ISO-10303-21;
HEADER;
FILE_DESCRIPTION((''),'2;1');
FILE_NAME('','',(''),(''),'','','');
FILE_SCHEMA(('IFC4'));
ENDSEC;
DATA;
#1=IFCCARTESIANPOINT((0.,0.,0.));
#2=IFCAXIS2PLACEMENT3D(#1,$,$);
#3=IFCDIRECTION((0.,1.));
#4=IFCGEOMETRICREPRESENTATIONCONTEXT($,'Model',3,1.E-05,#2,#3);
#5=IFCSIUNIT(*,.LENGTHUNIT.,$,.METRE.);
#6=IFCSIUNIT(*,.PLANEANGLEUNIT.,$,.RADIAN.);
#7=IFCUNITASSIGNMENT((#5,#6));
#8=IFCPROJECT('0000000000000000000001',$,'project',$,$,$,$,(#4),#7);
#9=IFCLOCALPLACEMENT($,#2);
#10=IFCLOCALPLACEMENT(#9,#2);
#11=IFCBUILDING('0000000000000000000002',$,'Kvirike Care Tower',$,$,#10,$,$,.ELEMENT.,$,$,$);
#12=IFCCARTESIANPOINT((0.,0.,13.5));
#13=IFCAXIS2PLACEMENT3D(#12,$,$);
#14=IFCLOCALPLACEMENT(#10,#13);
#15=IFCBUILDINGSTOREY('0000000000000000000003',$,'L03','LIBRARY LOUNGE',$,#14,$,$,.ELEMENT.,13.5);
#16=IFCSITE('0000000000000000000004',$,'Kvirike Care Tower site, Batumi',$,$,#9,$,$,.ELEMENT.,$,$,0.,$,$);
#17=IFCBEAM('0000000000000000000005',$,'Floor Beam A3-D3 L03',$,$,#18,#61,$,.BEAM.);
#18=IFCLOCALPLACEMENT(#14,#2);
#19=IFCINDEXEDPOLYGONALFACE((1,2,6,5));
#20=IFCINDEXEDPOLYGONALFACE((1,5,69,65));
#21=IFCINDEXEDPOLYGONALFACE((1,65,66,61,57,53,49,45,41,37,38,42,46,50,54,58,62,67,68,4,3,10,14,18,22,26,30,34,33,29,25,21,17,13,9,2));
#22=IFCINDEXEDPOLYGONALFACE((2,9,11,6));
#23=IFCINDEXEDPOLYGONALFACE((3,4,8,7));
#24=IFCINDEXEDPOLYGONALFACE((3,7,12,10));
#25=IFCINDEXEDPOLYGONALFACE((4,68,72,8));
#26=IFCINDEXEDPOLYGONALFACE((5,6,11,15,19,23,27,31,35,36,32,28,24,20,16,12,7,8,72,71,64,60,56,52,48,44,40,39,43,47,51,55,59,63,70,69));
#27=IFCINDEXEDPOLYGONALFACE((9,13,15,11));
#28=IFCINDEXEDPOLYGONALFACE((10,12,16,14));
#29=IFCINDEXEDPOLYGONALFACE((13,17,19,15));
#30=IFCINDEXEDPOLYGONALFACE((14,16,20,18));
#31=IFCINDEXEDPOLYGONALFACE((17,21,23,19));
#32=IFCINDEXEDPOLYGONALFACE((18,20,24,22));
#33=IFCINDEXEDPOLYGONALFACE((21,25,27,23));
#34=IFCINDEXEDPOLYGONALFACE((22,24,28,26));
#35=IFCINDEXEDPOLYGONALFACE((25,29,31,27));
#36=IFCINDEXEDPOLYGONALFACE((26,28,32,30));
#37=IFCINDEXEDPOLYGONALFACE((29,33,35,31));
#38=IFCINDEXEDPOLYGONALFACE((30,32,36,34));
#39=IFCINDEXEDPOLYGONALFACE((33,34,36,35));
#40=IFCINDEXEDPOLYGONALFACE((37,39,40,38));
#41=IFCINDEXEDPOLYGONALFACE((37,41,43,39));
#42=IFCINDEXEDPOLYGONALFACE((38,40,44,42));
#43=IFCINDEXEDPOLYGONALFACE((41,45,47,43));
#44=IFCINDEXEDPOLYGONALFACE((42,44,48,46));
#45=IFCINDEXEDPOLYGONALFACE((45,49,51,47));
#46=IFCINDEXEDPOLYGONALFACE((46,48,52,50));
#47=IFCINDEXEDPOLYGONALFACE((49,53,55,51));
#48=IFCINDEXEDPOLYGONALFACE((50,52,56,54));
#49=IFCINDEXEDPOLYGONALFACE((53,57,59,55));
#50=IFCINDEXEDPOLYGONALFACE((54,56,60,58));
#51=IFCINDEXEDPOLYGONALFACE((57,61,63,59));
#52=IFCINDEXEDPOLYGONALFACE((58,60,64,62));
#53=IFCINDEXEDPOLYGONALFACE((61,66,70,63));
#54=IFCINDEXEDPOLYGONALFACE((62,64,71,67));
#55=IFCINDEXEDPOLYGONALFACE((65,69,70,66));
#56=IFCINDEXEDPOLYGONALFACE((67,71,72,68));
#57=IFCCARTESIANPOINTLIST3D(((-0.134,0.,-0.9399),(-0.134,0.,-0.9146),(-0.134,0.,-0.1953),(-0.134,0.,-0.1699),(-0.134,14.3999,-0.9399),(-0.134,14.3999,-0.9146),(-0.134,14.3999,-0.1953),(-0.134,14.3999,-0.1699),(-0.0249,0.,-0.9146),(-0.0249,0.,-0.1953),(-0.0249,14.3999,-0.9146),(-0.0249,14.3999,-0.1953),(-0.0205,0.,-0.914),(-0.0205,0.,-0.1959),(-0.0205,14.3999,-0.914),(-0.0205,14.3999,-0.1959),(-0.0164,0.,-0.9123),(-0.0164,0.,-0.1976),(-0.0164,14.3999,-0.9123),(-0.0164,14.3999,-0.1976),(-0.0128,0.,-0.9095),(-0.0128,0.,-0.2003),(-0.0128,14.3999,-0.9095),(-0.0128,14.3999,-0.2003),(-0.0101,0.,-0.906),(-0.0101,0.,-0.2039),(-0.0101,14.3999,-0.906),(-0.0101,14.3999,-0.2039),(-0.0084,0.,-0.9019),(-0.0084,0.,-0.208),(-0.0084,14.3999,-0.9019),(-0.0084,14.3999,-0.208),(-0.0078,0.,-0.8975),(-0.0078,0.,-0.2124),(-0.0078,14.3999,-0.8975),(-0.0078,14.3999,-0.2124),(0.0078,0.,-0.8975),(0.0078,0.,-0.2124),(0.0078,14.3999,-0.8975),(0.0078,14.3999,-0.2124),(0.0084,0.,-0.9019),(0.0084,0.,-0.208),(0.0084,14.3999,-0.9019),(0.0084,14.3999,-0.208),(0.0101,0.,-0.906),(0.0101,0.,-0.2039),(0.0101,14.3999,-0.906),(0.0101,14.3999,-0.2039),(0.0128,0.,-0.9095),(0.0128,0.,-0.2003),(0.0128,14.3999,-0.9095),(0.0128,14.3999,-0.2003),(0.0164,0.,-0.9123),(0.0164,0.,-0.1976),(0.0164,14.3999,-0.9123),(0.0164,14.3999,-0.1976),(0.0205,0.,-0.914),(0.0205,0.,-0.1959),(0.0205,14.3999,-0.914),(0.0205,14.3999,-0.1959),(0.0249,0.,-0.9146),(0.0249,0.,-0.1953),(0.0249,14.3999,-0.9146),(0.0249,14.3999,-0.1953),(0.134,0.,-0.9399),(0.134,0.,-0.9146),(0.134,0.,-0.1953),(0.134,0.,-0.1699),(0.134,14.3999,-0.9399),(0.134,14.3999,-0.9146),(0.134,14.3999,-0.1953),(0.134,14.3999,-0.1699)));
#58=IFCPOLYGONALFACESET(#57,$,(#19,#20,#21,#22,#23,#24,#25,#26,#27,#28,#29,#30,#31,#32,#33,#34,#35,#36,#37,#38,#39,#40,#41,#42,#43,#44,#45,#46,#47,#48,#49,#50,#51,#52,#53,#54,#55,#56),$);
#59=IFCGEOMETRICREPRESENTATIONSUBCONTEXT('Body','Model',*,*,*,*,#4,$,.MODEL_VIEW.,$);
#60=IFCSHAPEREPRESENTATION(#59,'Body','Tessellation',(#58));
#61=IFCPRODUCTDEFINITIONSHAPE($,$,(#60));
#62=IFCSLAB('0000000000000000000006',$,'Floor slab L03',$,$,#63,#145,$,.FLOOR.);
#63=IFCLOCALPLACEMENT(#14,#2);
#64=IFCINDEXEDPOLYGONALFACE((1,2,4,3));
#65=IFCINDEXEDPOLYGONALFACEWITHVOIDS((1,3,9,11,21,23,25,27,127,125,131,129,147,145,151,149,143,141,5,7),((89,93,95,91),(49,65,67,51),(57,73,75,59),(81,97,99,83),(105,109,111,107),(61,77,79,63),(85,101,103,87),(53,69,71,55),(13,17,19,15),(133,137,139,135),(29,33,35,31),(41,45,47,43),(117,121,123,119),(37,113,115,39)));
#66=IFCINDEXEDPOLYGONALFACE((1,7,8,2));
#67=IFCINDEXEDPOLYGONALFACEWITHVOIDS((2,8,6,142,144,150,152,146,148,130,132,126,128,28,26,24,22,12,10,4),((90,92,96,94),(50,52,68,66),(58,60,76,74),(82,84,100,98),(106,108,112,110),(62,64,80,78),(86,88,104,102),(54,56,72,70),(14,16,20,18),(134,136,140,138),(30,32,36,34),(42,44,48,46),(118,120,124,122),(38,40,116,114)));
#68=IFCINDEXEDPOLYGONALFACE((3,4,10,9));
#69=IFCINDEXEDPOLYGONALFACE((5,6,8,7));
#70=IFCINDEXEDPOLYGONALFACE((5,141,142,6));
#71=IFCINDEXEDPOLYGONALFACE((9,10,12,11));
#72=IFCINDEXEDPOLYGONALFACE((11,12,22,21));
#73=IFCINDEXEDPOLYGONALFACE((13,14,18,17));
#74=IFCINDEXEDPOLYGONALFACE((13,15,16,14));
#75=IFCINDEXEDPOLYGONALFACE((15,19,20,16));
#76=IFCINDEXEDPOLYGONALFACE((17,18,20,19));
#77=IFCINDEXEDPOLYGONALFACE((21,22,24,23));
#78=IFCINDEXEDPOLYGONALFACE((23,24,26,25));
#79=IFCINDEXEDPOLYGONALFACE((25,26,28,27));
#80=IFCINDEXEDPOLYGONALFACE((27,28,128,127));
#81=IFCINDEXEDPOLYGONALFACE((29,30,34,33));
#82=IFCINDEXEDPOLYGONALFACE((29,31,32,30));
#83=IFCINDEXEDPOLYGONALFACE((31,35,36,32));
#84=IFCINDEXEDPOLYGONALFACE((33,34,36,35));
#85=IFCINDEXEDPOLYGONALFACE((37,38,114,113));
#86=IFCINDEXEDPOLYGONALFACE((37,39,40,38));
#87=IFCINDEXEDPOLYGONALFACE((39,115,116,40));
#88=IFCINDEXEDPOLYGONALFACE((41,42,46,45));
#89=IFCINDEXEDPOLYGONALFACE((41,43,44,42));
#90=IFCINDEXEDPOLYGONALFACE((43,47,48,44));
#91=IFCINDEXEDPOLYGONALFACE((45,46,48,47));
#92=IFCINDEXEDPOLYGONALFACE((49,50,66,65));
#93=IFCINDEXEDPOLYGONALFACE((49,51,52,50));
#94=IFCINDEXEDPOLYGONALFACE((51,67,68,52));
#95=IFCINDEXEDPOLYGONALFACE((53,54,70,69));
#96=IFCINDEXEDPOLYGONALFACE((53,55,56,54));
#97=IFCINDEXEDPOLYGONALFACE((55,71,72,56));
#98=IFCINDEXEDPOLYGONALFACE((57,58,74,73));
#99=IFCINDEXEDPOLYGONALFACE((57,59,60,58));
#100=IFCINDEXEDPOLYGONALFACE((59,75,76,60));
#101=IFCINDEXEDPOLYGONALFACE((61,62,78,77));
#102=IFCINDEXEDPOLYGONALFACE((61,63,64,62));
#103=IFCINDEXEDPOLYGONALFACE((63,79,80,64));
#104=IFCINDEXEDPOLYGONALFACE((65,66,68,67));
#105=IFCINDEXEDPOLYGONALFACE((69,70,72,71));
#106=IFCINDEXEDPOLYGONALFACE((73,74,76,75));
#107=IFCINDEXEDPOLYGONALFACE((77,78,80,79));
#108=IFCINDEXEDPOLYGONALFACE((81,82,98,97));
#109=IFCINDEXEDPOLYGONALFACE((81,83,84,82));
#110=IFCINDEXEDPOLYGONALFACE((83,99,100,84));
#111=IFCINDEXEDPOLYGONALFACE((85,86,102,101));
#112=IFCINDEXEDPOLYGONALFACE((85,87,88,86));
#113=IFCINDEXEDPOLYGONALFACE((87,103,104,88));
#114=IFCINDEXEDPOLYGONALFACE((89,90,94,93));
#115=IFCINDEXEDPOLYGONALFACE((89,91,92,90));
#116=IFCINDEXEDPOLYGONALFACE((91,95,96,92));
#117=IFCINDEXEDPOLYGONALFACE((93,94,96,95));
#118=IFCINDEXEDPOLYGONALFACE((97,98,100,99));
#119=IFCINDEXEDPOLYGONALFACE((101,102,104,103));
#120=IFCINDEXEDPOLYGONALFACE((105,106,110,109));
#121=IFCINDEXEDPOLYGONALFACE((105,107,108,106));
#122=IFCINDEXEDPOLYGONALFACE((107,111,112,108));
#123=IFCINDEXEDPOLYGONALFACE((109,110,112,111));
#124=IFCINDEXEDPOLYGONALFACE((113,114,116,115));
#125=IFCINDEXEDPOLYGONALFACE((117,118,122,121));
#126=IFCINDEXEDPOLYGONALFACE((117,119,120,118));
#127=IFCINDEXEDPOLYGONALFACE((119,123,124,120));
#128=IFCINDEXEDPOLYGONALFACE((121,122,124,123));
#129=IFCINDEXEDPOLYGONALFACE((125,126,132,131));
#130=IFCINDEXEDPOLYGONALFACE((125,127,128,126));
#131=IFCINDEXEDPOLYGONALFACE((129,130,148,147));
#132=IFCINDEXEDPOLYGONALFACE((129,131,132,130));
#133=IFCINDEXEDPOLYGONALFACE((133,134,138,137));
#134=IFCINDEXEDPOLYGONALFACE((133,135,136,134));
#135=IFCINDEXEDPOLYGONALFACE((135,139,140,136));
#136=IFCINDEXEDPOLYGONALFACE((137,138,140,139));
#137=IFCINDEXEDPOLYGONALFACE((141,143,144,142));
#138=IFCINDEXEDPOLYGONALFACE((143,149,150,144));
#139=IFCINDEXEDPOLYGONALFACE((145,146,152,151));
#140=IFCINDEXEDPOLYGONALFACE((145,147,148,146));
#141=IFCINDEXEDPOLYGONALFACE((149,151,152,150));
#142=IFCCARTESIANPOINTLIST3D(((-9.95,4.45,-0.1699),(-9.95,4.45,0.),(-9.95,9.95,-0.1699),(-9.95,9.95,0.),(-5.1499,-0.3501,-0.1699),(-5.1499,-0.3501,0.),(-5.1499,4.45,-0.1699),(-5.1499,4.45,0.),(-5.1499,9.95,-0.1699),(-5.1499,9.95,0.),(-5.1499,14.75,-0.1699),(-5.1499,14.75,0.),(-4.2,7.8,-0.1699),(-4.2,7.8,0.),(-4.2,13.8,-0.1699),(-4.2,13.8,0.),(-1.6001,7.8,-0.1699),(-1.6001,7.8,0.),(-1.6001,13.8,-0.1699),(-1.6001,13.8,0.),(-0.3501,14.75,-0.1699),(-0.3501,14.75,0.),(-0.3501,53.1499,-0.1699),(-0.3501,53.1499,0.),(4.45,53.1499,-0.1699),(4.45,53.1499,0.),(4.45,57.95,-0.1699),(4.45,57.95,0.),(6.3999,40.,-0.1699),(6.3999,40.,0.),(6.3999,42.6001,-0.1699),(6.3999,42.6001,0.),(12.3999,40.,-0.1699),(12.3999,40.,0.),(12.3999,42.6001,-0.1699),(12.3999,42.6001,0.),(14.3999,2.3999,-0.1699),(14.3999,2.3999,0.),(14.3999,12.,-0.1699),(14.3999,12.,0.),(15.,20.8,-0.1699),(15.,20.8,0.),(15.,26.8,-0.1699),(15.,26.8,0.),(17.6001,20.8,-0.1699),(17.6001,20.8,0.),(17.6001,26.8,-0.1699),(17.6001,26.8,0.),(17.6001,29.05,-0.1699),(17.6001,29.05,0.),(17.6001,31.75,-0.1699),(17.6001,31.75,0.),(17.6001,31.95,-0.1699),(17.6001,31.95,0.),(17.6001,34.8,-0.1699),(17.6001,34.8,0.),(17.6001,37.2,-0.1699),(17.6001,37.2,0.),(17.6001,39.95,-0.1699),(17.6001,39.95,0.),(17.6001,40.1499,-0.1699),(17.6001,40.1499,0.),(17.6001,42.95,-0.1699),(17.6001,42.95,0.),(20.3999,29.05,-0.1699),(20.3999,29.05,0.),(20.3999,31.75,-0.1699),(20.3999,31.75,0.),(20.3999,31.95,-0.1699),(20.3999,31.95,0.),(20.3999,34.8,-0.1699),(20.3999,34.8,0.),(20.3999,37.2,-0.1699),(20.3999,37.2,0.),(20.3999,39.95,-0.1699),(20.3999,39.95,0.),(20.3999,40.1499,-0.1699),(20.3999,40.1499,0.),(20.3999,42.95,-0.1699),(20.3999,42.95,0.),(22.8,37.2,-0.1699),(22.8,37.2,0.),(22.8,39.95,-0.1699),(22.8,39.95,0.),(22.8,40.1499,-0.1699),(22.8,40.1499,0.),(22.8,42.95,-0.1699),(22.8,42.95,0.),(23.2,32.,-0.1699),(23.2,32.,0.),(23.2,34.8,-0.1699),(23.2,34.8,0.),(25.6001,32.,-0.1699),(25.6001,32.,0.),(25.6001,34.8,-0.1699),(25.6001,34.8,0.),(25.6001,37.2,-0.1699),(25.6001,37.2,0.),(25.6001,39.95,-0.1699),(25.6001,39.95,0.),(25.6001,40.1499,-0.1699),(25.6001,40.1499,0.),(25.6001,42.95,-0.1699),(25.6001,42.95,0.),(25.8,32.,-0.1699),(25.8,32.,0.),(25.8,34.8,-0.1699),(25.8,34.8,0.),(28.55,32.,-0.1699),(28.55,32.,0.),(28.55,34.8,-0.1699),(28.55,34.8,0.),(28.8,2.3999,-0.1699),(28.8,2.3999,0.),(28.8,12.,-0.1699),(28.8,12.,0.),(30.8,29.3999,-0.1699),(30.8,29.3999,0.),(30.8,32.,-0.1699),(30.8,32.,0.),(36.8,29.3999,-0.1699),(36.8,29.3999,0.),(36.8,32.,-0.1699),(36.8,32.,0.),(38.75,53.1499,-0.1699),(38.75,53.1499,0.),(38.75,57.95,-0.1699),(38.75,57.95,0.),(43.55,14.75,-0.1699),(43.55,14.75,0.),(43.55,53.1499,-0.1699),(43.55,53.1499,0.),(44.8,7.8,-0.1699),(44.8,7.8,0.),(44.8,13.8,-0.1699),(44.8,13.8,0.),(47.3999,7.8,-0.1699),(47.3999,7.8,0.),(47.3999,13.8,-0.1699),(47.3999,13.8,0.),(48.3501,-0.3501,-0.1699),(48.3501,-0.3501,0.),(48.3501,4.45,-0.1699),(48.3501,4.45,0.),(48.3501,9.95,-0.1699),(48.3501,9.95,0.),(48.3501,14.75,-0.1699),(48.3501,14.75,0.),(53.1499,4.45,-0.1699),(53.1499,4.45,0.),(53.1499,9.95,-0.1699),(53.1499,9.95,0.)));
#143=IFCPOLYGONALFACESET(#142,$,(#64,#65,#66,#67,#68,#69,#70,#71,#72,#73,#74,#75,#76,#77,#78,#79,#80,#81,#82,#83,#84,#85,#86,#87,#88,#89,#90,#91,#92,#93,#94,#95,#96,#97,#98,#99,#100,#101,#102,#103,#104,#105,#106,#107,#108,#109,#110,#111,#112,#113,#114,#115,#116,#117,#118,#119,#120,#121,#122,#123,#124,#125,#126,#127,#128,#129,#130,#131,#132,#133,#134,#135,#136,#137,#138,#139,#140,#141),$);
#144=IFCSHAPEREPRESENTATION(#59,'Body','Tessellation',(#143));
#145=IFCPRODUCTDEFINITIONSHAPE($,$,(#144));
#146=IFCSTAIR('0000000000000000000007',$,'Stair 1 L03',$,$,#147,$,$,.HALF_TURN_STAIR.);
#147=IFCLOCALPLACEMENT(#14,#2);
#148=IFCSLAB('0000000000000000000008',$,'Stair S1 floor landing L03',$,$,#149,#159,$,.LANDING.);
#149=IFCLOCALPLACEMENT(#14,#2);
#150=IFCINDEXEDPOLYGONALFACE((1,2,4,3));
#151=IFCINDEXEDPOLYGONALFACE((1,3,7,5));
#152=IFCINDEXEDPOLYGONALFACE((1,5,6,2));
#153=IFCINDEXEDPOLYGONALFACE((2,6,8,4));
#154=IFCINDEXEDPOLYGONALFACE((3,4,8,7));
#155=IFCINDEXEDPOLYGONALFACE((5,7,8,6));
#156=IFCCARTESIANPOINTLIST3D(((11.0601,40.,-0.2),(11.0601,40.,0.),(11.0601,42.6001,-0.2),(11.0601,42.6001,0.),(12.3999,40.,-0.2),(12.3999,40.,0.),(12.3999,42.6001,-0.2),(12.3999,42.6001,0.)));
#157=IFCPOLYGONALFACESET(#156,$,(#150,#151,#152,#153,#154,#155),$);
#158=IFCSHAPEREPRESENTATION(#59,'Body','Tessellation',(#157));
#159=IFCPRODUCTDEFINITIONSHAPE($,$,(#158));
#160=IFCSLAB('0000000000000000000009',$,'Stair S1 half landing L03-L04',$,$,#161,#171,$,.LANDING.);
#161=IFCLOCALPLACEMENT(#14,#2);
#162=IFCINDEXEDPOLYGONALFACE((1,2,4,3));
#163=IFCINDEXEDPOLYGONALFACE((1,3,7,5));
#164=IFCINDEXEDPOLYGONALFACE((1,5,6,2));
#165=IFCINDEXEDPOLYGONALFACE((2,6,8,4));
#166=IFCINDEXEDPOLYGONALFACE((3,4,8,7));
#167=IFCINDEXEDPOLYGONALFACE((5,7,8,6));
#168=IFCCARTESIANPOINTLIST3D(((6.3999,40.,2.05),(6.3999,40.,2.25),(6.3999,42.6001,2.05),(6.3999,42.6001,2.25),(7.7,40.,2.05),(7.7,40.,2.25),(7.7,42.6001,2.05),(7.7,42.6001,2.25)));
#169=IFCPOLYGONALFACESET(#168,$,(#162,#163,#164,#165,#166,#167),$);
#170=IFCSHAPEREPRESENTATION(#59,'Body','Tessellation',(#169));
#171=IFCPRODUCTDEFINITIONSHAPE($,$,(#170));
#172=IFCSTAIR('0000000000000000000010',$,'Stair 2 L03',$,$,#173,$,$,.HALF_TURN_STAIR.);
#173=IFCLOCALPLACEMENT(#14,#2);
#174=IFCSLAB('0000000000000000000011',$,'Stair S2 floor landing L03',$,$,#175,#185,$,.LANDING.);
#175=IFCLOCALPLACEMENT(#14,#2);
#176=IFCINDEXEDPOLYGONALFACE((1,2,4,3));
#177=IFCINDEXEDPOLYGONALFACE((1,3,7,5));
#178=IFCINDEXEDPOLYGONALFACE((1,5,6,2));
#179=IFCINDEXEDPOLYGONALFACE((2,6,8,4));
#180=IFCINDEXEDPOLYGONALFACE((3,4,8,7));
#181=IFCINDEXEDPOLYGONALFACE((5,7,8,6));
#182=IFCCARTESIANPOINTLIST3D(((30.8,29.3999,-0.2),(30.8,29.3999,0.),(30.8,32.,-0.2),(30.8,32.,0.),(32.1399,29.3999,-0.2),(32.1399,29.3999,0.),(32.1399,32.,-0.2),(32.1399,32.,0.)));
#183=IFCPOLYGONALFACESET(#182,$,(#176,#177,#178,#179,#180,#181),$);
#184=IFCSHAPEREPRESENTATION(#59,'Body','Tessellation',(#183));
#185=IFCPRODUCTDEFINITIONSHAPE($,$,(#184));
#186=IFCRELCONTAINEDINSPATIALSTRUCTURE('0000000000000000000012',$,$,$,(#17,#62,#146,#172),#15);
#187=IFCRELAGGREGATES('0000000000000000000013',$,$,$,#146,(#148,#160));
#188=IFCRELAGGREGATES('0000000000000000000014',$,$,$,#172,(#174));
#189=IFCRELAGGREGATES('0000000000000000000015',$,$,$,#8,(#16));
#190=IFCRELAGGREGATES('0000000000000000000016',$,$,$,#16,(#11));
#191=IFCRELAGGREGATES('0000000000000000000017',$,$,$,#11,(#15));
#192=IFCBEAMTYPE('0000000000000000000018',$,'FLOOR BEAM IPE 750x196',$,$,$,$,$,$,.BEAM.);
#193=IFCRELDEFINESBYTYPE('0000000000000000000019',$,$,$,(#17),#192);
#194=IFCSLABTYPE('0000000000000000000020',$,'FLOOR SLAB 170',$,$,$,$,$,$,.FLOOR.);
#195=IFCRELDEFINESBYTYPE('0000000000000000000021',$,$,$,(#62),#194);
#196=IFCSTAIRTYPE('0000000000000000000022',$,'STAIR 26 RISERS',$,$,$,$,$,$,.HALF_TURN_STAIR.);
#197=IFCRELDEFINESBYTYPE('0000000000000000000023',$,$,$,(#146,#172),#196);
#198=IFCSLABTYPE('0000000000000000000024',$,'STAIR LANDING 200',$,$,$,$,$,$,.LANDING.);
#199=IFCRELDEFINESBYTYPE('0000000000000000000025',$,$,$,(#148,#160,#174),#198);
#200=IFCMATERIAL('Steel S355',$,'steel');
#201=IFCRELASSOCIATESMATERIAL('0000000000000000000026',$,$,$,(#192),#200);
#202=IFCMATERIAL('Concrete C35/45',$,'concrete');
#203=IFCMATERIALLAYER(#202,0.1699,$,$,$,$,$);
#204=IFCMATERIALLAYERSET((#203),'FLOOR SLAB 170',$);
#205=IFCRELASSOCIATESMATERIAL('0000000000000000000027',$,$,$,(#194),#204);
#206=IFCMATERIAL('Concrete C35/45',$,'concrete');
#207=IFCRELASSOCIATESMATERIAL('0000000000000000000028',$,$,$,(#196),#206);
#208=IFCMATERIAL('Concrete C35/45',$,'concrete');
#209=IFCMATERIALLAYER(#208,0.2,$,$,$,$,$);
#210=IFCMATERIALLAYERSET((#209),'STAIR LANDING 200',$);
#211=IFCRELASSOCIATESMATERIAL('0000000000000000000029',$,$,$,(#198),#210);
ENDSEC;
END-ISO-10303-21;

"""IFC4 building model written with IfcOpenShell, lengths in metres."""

from ifc_helpers import new_model, si_unit, direction, frame, origin, origin_2d, place, context, subcontext, project, spatial, polyline, i_section, outline, extrude, material, layer, layer_set, material_profile, profile_set, type_object, element, aggregate, save


model = new_model("IFC4")

# Units and contexts
model_context = context("Model", 3, precision=1e-05, world=origin(), true_north=direction((0.0, 1.0)))
body_context = subcontext(model_context, "Body", "Model", "MODEL_VIEW")
ifc_project = project(units=[si_unit("LENGTHUNIT", "METRE"), si_unit("PLANEANGLEUNIT", "RADIAN")], contexts=[model_context])

# Site, building, storey
site_placement = place(None, origin())
site = spatial("IfcSite", under=ifc_project, at=site_placement, Name="Kvirike Care Tower site, Batumi", CompositionType="ELEMENT", RefElevation=0.0)
building_placement = place(site_placement, origin())
building = spatial("IfcBuilding", under=site, at=building_placement, Name="Kvirike Care Tower", CompositionType="ELEMENT")
storey_placement = place(building_placement, frame((0.0, 0.0, 13.5)))
storey = spatial("IfcBuildingStorey", under=building, at=storey_placement, Name="L03", Description="LIBRARY LOUNGE", CompositionType="ELEMENT", Elevation=13.5)

# Beam
ifc_material_1 = material(Name="Steel S355", Category="steel")
ifc_material_profile = material_profile(ifc_material_1, i_section(OverallWidth=0.2681, OverallDepth=0.77, WebThickness=0.0156, FlangeThickness=0.0254, FilletRadius=0.0171, at=origin_2d()), Name="IPE 750x196")
ifc_profile_set = profile_set([ifc_material_profile], Name="Steel S355")
beam_type = type_object("IfcBeamType", Name="FLOOR BEAM IPE 750x196", PredefinedType="BEAM", material=ifc_profile_set)
beam_placement = place(storey_placement, frame((0.0, 0.0, -0.5549), z_axis=(0.0, 1.0, 0.0), x_axis=(-1.0, 0.0, 0.0)))
element("IfcBeam", 1, at=beam_placement, inside=storey, type_object=beam_type, Name="Floor Beam A3-D3 L03", PredefinedType="BEAM", context=body_context, shape_type="SweptSolid", body=[
    extrude(i_section(OverallWidth=0.2681, OverallDepth=0.77, WebThickness=0.0156, FlangeThickness=0.0254, FilletRadius=0.0171, at=origin_2d()), origin(), (0.0, 0.0, 1.0), 14.3999),
])

# Slab
ifc_material_2 = material(Name="Concrete C35/45", Category="concrete")
ifc_layer_1 = layer(ifc_material_2, 0.1699)
ifc_layer_set_1 = layer_set([ifc_layer_1], Name="FLOOR SLAB 170")
slab_type_1 = type_object("IfcSlabType", Name="FLOOR SLAB 170", PredefinedType="FLOOR", material=ifc_layer_set_1)
slab_1_placement = place(storey_placement, frame((0.0, 0.0, -0.1699)))
element("IfcSlab", 2, at=slab_1_placement, inside=storey, type_object=slab_type_1, Name="Floor slab L03", PredefinedType="FLOOR", context=body_context, shape_type="SweptSolid", body=[
    extrude(outline(polyline([(-5.1499, -0.3501), (48.3501, -0.3501), (48.3501, 4.45), (53.1499, 4.45), (53.1499, 9.95), (48.3501, 9.95), (48.3501, 14.75), (43.55, 14.75), (43.55, 53.1499), (38.75, 53.1499), (38.75, 57.95), (4.45, 57.95), (4.45, 53.1499), (-0.3501, 53.1499), (-0.3501, 14.75), (-5.1499, 14.75), (-5.1499, 9.95), (-9.95, 9.95), (-9.95, 4.45), (-5.1499, 4.45), (-5.1499, -0.3501)]), holes=[polyline([(17.6001, 29.05), (17.6001, 31.75), (20.3999, 31.75), (20.3999, 29.05), (17.6001, 29.05)]), polyline([(17.6001, 31.95), (17.6001, 34.8), (20.3999, 34.8), (20.3999, 31.95), (17.6001, 31.95)]), polyline([(17.6001, 37.2), (17.6001, 39.95), (20.3999, 39.95), (20.3999, 37.2), (17.6001, 37.2)]), polyline([(17.6001, 40.1499), (17.6001, 42.95), (20.3999, 42.95), (20.3999, 40.1499), (17.6001, 40.1499)]), polyline([(22.8, 37.2), (22.8, 39.95), (25.6001, 39.95), (25.6001, 37.2), (22.8, 37.2)]), polyline([(22.8, 40.1499), (22.8, 42.95), (25.6001, 42.95), (25.6001, 40.1499), (22.8, 40.1499)]), polyline([(23.2, 32.0), (23.2, 34.8), (25.6001, 34.8), (25.6001, 32.0), (23.2, 32.0)]), polyline([(25.8, 32.0), (25.8, 34.8), (28.55, 34.8), (28.55, 32.0), (25.8, 32.0)]), polyline([(14.3999, 2.3999), (14.3999, 12.0), (28.8, 12.0), (28.8, 2.3999), (14.3999, 2.3999)]), polyline([(12.3999, 42.6001), (12.3999, 40.0), (6.3999, 40.0), (6.3999, 42.6001), (12.3999, 42.6001)]), polyline([(30.8, 29.3999), (30.8, 32.0), (36.8, 32.0), (36.8, 29.3999), (30.8, 29.3999)]), polyline([(-1.6001, 13.8), (-1.6001, 7.8), (-4.2, 7.8), (-4.2, 13.8), (-1.6001, 13.8)]), polyline([(47.3999, 13.8), (47.3999, 7.8), (44.8, 7.8), (44.8, 13.8), (47.3999, 13.8)]), polyline([(15.0, 26.8), (17.6001, 26.8), (17.6001, 20.8), (15.0, 20.8), (15.0, 26.8)])]), origin(), (0.0, 0.0, 1.0), 0.1699),
])

# Stairs, slabs
ifc_material_3 = material(Name="Concrete C35/45", Category="concrete")
stair_type = type_object("IfcStairType", Name="STAIR 26 RISERS", PredefinedType="HALF_TURN_STAIR", material=ifc_material_3)
stair_1_placement = place(storey_placement, origin())
stair_1 = element("IfcStair", 3, at=stair_1_placement, inside=storey, type_object=stair_type, Name="Stair 1 L03", PredefinedType="HALF_TURN_STAIR")
ifc_material_4 = material(Name="Concrete C35/45", Category="concrete")
ifc_layer_2 = layer(ifc_material_4, 0.2)
ifc_layer_set_2 = layer_set([ifc_layer_2], Name="STAIR LANDING 200")
slab_type_2 = type_object("IfcSlabType", Name="STAIR LANDING 200", PredefinedType="LANDING", material=ifc_layer_set_2)
slab_2_placement = place(storey_placement, frame((0.0, 0.0, -0.2)))
slab_2 = element("IfcSlab", 4, at=slab_2_placement, type_object=slab_type_2, Name="Stair S1 floor landing L03", PredefinedType="LANDING", context=body_context, shape_type="SweptSolid", body=[
    extrude(outline(polyline([(11.0601, 42.6001), (11.0601, 40.0), (12.3999, 40.0), (12.3999, 42.6001), (11.0601, 42.6001)])), origin(), (0.0, 0.0, 1.0), 0.2),
])
slab_3_placement = place(storey_placement, frame((0.0, 0.0, 2.05)))
slab_3 = element("IfcSlab", 5, at=slab_3_placement, type_object=slab_type_2, Name="Stair S1 half landing L03-L04", PredefinedType="LANDING", context=body_context, shape_type="SweptSolid", body=[
    extrude(outline(polyline([(6.3999, 42.6001), (6.3999, 40.0), (7.7, 40.0), (7.7, 42.6001), (6.3999, 42.6001)])), origin(), (0.0, 0.0, 1.0), 0.2),
])
aggregate(stair_1, [slab_2, slab_3])
stair_2_placement = place(storey_placement, origin())
stair_2 = element("IfcStair", 6, at=stair_2_placement, inside=storey, type_object=stair_type, Name="Stair 2 L03", PredefinedType="HALF_TURN_STAIR")
slab_4_placement = place(storey_placement, frame((0.0, 0.0, -0.2)))
slab_4 = element("IfcSlab", 7, at=slab_4_placement, type_object=slab_type_2, Name="Stair S2 floor landing L03", PredefinedType="LANDING", context=body_context, shape_type="SweptSolid", body=[
    extrude(outline(polyline([(32.1399, 29.3999), (32.1399, 32.0), (30.8, 32.0), (30.8, 29.3999), (32.1399, 29.3999)])), origin(), (0.0, 0.0, 1.0), 0.2),
])
aggregate(stair_2, [slab_4])

save(model, "model.ifc")
